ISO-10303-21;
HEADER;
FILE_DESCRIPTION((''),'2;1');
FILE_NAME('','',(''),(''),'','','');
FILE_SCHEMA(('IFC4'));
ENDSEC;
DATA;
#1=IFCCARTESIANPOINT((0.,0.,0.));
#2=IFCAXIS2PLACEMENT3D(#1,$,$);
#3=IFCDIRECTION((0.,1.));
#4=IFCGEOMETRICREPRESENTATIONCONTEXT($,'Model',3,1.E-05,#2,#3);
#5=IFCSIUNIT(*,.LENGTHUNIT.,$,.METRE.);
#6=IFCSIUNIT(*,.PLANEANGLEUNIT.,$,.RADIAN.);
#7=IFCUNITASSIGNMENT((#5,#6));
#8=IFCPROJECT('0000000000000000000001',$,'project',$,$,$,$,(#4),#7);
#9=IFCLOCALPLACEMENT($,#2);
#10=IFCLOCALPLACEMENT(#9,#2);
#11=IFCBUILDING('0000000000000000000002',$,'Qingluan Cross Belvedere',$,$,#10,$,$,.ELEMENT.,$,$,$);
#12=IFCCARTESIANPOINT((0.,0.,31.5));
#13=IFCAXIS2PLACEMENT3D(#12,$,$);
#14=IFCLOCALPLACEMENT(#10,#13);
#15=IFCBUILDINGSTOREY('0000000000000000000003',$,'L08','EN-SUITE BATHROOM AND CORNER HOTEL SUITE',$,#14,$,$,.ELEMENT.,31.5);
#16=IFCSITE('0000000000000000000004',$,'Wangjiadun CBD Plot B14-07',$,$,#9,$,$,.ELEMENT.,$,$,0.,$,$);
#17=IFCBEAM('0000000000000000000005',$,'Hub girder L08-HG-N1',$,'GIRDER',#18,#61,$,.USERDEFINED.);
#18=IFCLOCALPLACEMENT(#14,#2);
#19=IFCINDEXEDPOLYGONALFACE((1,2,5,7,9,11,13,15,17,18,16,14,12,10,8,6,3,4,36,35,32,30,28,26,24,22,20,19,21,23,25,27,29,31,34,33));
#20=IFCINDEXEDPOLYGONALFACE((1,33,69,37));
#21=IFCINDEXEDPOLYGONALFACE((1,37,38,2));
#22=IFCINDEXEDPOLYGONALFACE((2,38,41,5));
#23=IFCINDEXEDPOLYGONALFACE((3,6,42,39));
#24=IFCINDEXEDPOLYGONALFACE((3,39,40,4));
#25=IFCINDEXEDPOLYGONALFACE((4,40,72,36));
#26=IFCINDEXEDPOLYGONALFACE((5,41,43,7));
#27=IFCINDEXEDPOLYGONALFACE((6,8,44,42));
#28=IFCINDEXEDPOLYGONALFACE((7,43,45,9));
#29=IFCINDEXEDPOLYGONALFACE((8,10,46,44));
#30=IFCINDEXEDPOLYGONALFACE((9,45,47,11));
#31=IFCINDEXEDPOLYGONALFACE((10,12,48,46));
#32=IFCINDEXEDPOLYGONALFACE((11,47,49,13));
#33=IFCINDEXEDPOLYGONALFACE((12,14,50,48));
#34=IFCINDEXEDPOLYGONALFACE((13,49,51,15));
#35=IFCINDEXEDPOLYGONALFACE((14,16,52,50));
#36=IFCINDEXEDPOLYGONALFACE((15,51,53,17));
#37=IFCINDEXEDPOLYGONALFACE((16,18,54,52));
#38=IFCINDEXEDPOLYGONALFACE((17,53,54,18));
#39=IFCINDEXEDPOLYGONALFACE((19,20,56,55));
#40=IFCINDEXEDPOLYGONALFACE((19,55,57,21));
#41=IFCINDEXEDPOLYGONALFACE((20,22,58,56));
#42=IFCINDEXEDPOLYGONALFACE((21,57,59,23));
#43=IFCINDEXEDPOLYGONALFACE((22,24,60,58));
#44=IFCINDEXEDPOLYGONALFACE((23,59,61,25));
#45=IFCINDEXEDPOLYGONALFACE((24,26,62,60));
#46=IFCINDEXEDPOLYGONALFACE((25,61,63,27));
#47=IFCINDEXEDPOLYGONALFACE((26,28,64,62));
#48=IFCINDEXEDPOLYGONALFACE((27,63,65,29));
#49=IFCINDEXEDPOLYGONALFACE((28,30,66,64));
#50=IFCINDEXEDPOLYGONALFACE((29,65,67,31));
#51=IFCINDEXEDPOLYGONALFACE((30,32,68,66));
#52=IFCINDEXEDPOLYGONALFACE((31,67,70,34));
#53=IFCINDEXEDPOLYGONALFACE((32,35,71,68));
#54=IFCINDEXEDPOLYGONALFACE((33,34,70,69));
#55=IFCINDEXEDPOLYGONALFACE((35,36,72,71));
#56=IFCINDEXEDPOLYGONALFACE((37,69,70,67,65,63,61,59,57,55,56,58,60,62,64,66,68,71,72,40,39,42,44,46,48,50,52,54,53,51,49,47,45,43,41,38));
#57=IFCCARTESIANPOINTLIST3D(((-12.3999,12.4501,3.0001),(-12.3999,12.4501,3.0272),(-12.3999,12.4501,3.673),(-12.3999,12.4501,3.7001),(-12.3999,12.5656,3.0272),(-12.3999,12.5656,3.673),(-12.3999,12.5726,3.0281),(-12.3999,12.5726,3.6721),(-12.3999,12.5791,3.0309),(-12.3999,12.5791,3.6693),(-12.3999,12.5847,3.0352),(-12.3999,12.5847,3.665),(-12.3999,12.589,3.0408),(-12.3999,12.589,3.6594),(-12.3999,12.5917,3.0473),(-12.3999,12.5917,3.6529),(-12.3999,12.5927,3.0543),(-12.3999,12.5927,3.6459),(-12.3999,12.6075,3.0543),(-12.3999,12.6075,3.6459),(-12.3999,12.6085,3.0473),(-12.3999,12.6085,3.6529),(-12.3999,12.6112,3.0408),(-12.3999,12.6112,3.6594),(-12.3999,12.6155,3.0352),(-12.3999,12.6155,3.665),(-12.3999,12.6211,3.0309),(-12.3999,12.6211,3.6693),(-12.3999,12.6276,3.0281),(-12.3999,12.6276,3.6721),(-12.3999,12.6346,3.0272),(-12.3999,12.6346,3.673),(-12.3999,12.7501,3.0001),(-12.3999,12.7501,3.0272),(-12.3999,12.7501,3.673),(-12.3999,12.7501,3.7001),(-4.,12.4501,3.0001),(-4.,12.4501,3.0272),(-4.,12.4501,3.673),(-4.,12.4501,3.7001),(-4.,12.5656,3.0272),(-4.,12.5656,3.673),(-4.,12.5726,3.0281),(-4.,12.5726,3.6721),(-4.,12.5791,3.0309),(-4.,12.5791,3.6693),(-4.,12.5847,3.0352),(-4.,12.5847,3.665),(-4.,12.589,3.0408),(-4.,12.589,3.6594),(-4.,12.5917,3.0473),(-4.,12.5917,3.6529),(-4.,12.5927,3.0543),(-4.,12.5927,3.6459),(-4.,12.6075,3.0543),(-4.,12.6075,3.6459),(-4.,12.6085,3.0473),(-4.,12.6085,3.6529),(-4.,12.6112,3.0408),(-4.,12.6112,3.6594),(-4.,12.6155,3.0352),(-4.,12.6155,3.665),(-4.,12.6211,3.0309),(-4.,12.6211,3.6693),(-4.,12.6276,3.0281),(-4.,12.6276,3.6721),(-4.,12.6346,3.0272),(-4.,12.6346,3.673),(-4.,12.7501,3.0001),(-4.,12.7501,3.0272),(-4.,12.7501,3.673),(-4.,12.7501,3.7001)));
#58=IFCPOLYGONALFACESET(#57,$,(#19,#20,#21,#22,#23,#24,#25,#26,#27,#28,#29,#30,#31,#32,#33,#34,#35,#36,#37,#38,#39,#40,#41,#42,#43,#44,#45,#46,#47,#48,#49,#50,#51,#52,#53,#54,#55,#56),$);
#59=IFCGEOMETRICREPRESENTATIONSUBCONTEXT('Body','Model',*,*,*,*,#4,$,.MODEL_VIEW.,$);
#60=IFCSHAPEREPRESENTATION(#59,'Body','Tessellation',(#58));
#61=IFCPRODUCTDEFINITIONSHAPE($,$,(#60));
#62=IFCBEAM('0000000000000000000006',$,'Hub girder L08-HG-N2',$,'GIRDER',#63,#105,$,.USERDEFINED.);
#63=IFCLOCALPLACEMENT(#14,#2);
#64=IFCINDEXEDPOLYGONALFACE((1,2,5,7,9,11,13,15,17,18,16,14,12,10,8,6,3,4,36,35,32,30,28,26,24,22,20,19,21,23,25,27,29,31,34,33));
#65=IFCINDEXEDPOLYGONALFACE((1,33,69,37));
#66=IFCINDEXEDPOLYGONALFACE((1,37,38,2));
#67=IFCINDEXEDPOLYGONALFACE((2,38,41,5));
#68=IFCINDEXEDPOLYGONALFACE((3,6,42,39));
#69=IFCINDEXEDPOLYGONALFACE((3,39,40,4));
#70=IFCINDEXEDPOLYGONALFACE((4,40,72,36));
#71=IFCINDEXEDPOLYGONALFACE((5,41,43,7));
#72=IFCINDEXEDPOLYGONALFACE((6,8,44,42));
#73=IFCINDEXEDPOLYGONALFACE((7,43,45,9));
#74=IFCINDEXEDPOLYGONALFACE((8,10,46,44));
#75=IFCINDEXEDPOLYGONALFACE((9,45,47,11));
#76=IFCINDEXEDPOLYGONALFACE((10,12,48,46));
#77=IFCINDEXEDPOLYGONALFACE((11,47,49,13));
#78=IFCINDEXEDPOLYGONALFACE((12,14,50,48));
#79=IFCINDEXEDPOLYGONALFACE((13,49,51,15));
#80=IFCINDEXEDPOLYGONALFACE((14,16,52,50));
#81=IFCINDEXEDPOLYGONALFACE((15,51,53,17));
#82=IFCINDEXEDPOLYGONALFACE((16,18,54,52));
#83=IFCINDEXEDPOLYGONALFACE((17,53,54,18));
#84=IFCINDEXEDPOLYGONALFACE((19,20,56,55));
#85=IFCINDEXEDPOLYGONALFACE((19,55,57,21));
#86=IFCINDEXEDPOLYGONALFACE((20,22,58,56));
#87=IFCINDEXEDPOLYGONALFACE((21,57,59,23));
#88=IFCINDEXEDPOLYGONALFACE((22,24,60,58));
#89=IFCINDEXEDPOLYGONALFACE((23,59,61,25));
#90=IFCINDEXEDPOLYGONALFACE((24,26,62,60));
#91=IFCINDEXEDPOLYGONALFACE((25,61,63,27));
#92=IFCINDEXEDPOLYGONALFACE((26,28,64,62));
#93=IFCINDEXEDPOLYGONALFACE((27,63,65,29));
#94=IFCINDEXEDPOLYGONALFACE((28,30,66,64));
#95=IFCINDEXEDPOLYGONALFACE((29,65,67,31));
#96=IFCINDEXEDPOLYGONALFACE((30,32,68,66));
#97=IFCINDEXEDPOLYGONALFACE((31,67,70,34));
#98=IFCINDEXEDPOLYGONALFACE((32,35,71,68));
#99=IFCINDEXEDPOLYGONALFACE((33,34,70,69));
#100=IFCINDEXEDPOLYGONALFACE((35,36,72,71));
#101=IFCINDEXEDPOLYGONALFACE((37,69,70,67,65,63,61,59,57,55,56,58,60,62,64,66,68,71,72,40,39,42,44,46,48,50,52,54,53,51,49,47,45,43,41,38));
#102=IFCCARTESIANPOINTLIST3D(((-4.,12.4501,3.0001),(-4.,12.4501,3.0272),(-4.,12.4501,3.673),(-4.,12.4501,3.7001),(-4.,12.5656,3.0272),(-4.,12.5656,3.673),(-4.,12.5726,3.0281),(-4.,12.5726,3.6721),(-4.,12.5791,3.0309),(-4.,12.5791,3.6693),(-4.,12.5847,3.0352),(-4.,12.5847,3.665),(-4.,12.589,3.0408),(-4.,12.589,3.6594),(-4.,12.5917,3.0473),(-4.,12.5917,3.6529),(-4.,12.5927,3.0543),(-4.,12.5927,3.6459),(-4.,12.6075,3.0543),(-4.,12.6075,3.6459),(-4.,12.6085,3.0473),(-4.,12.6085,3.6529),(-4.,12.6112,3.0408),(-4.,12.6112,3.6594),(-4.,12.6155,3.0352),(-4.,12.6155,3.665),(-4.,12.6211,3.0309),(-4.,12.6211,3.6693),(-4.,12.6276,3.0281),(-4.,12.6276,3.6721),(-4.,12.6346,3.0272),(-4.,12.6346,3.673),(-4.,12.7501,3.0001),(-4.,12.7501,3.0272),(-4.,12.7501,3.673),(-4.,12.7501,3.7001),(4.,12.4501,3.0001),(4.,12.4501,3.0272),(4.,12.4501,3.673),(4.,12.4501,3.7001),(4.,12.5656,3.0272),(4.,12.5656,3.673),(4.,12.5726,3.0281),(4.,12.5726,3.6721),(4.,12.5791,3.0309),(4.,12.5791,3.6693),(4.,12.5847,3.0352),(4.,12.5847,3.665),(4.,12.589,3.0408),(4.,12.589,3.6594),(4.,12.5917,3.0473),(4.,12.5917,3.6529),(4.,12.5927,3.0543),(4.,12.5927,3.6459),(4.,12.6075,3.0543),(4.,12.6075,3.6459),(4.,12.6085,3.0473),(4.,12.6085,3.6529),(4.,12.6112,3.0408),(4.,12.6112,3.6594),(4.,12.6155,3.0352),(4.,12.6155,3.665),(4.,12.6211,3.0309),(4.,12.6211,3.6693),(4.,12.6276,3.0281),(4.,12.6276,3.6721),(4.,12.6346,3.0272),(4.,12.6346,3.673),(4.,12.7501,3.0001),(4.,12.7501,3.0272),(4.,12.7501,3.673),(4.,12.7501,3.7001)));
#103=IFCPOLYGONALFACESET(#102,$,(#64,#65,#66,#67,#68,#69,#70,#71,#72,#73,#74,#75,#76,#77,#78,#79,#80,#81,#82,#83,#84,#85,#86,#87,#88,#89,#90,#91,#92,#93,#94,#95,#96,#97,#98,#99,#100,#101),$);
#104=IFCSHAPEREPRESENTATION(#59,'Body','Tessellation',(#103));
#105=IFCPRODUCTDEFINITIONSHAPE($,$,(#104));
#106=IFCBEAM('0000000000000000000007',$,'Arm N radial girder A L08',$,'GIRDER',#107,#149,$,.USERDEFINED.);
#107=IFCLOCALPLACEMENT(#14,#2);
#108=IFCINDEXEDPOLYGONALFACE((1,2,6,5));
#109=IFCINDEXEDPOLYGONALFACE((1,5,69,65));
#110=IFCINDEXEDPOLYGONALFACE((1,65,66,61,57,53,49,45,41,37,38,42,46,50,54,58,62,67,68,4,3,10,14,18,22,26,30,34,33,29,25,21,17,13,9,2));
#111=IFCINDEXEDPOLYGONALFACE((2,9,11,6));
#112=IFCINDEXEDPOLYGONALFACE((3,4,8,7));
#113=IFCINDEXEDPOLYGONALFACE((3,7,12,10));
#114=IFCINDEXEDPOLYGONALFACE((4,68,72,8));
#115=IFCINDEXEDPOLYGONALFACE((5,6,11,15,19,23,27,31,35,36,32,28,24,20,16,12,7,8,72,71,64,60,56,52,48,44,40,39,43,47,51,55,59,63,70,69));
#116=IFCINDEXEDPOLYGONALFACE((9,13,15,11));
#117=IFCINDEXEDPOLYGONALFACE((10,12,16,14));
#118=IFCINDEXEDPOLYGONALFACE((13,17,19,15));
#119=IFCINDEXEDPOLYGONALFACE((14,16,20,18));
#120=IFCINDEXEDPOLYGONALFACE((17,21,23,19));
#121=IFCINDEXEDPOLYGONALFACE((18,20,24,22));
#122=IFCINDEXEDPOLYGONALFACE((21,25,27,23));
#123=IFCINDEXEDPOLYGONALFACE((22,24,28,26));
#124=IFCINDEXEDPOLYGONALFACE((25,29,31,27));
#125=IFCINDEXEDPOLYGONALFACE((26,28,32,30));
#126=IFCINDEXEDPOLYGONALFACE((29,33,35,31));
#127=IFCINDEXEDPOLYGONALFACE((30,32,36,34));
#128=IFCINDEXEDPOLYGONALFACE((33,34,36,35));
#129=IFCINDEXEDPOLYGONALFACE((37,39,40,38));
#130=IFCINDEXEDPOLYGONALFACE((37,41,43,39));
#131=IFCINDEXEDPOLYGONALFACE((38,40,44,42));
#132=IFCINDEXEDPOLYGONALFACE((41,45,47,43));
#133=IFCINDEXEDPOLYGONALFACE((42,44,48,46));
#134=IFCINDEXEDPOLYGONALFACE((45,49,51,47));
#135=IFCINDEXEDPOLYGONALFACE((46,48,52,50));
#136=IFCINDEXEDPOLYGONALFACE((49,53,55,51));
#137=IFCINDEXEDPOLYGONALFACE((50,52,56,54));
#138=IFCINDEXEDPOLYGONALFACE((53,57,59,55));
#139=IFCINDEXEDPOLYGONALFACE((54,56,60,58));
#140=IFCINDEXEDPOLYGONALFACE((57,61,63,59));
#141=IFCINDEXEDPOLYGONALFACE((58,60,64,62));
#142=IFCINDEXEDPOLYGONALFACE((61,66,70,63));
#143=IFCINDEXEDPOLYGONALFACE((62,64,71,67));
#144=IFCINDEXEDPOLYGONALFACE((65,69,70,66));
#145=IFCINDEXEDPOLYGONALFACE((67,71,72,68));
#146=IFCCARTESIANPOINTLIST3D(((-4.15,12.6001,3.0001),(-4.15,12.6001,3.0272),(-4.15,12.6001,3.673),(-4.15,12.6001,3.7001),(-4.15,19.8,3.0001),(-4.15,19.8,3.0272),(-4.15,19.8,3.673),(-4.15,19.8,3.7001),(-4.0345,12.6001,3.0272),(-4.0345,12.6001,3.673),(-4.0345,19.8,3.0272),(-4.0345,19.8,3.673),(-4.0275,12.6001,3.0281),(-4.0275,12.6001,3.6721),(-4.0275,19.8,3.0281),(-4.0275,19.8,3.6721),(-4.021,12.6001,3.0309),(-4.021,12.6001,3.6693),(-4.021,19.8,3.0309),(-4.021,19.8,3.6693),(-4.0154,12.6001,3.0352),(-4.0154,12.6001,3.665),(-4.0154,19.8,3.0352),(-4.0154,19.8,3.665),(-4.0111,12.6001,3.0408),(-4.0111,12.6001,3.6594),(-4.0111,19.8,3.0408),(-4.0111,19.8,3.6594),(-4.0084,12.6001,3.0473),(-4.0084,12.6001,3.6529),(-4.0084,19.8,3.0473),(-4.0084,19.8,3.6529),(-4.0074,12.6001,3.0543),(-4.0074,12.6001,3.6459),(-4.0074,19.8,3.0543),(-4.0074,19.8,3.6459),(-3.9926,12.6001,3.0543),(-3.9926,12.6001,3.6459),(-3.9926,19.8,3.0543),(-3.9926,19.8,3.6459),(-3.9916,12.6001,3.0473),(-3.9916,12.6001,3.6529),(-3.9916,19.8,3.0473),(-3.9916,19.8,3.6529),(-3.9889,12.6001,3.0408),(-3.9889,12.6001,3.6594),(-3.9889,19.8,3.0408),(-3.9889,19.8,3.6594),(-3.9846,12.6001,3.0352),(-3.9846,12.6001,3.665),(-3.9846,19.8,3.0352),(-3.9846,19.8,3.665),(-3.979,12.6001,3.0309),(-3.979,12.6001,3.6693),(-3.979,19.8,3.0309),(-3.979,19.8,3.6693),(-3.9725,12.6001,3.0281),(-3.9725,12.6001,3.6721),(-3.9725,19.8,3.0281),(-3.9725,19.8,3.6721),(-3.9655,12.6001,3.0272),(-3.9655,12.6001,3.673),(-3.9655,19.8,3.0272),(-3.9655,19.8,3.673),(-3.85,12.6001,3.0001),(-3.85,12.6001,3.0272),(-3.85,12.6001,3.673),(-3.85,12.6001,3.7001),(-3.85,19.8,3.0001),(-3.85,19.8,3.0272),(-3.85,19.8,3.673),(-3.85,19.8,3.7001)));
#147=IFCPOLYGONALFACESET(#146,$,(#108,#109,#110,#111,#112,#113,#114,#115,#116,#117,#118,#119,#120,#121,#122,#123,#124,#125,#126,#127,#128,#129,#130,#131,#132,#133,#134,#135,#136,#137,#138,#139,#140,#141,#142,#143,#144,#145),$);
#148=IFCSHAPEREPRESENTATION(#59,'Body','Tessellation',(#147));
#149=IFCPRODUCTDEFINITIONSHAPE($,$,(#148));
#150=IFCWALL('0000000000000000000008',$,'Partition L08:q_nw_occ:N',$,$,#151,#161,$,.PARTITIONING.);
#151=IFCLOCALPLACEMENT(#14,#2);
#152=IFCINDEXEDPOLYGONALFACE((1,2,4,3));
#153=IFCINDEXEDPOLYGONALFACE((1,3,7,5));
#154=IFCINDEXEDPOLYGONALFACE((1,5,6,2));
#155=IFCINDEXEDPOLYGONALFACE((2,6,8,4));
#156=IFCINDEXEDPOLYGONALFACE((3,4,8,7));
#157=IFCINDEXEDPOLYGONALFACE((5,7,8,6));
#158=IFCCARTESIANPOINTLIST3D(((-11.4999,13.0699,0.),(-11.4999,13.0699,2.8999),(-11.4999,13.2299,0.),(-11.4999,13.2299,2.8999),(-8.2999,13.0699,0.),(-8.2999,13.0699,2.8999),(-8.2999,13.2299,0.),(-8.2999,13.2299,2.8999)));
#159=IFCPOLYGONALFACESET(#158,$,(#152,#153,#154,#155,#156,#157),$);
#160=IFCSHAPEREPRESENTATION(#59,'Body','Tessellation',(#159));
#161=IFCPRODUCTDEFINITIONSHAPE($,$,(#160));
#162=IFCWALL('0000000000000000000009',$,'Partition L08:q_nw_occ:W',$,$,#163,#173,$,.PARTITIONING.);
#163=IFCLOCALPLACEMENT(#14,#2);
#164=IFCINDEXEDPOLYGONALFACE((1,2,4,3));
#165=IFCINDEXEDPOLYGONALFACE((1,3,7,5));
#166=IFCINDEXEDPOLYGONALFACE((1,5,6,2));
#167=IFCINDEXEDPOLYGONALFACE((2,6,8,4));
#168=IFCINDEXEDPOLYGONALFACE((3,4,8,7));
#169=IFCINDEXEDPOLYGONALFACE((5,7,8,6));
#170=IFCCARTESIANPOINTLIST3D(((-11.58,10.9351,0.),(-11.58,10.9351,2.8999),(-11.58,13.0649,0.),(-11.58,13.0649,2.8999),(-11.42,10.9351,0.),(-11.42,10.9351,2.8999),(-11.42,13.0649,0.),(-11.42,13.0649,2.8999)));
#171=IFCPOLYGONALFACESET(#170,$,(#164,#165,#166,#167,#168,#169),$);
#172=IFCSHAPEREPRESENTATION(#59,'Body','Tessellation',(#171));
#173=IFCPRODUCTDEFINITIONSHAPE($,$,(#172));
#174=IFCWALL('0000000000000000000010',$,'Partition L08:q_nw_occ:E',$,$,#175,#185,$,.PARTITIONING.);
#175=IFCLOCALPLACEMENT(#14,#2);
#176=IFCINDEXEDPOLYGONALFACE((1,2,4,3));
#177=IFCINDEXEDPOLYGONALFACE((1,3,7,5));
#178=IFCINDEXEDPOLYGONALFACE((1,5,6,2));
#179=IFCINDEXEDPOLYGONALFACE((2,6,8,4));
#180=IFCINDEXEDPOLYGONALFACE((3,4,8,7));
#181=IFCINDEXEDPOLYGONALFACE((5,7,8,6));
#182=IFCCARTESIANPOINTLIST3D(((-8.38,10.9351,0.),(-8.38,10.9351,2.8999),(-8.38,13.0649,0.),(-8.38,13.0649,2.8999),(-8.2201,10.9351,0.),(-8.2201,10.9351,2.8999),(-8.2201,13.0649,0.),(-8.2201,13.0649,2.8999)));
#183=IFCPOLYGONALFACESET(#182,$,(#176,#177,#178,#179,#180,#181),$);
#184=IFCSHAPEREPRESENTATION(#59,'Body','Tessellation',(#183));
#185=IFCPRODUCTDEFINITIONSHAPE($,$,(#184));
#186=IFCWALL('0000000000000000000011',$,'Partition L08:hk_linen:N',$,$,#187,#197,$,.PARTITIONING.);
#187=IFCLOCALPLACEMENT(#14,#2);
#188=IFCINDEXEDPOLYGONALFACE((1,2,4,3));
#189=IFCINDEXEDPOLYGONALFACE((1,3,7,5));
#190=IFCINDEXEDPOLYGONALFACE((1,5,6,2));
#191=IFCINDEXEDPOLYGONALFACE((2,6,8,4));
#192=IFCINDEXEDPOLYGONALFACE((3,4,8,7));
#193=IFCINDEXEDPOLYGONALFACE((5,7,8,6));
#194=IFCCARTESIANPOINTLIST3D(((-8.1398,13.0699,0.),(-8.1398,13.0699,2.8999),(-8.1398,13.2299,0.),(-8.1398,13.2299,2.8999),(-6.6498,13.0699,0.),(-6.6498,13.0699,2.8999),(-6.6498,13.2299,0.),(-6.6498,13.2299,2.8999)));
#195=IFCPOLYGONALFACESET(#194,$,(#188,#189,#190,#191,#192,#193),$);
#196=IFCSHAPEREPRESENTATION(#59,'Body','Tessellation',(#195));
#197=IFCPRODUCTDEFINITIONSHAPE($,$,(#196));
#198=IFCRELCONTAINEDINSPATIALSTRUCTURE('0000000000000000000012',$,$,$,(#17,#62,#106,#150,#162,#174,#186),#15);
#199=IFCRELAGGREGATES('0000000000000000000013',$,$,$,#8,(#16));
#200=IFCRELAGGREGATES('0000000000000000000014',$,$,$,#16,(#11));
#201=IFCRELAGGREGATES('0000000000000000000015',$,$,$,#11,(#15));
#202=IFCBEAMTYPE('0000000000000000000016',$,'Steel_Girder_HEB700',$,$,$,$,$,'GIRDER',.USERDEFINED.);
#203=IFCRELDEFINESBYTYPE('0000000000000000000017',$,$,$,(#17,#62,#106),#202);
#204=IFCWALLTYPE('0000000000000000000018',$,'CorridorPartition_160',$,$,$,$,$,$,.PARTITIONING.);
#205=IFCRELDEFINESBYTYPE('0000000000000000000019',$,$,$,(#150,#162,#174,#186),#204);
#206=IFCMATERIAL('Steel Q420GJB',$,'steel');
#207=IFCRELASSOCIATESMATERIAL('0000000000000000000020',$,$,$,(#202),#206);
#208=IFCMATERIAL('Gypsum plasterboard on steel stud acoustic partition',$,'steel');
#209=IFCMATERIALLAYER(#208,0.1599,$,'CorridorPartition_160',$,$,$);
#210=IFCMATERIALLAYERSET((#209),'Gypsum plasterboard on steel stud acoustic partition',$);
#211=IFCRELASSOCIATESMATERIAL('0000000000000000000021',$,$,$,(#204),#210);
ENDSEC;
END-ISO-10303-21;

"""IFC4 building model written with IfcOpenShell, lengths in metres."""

from ifc_helpers import new_model, si_unit, direction, frame, frame_2d, origin, origin_2d, place, context, subcontext, project, spatial, rectangle, i_section, extrude, material, layer, layer_set, material_profile, profile_set, type_object, element, save


model = new_model("IFC4")

# Units and contexts
model_context = context("Model", 3, precision=1e-05, world=origin(), true_north=direction((0.0, 1.0)))
body_context = subcontext(model_context, "Body", "Model", "MODEL_VIEW")
ifc_project = project(units=[si_unit("LENGTHUNIT", "METRE"), si_unit("PLANEANGLEUNIT", "RADIAN")], contexts=[model_context])

# Site, building, storey
site_placement = place(None, origin())
site = spatial("IfcSite", under=ifc_project, at=site_placement, Name="Wangjiadun CBD Plot B14-07", CompositionType="ELEMENT", RefElevation=0.0)
building_placement = place(site_placement, origin())
building = spatial("IfcBuilding", under=site, at=building_placement, Name="Qingluan Cross Belvedere", CompositionType="ELEMENT")
storey_placement = place(building_placement, frame((0.0, 0.0, 31.5)))
storey = spatial("IfcBuildingStorey", under=building, at=storey_placement, Name="L08", Description="EN-SUITE BATHROOM AND CORNER HOTEL SUITE", CompositionType="ELEMENT", Elevation=31.5)

# Beams
ifc_material_1 = material(Name="Steel Q420GJB", Category="steel")
ifc_material_profile_1 = material_profile(ifc_material_1, i_section(OverallWidth=0.3, OverallDepth=0.7, WebThickness=0.0149, FlangeThickness=0.0271, FilletRadius=0.0271, at=origin_2d()), Name="HEB700")
ifc_profile_set_1 = profile_set([ifc_material_profile_1], Name="Steel Q420GJB")
beam_type_1 = type_object("IfcBeamType", Name="Steel_Girder_HEB700", ElementType="GIRDER", PredefinedType="USERDEFINED", material=ifc_profile_set_1)
beam_1_placement = place(storey_placement, frame((-12.3999, 12.6001, 3.3501), z_axis=(1.0, 0.0, 0.0), x_axis=(0.0, 1.0, 0.0)))
element("IfcBeam", 1, at=beam_1_placement, inside=storey, type_object=beam_type_1, Name="Hub girder L08-HG-N1", ObjectType="GIRDER", PredefinedType="USERDEFINED", context=body_context, shape_type="SweptSolid", body=[
    extrude(i_section(OverallWidth=0.3, OverallDepth=0.7, WebThickness=0.0149, FlangeThickness=0.0271, FilletRadius=0.0271, at=origin_2d()), origin(), (0.0, 0.0, 1.0), 8.3999),
])
beam_2_placement = place(storey_placement, frame((-4.0, 12.6001, 3.3501), z_axis=(1.0, 0.0, 0.0), x_axis=(0.0, 1.0, 0.0)))
element("IfcBeam", 2, at=beam_2_placement, inside=storey, type_object=beam_type_1, Name="Hub girder L08-HG-N2", ObjectType="GIRDER", PredefinedType="USERDEFINED", context=body_context, shape_type="SweptSolid", body=[
    extrude(i_section(OverallWidth=0.3, OverallDepth=0.7, WebThickness=0.0149, FlangeThickness=0.0271, FilletRadius=0.0271, at=origin_2d()), origin(), (0.0, 0.0, 1.0), 8.0),
])
beam_3_placement = place(storey_placement, frame((-4.0, 12.6001, 3.3501), z_axis=(0.0, 1.0, 0.0), x_axis=(-1.0, 0.0, 0.0)))
element("IfcBeam", 3, at=beam_3_placement, inside=storey, type_object=beam_type_1, Name="Arm N radial girder A L08", ObjectType="GIRDER", PredefinedType="USERDEFINED", context=body_context, shape_type="SweptSolid", body=[
    extrude(i_section(OverallWidth=0.3, OverallDepth=0.7, WebThickness=0.0149, FlangeThickness=0.0271, FilletRadius=0.0271, at=origin_2d()), origin(), (0.0, 0.0, 1.0), 7.2),
])

# Walls
ifc_material_2 = material(Name="Gypsum plasterboard on steel stud acoustic partition", Category="steel")
ifc_layer_1 = layer(ifc_material_2, 0.1599, Name="CorridorPartition_160")
ifc_layer_set_1 = layer_set([ifc_layer_1], Name="Gypsum plasterboard on steel stud acoustic partition")
wall_type_1 = type_object("IfcWallType", Name="CorridorPartition_160", PredefinedType="PARTITIONING", material=ifc_layer_set_1)
wall_1_placement = place(storey_placement, frame((-11.5, 13.1499, 0.0), z_axis=(0.0, 0.0, 1.0), x_axis=(1.0, 0.0, 0.0)))
element("IfcWall", 4, at=wall_1_placement, inside=storey, type_object=wall_type_1, Name="Partition L08:q_nw_occ:N", PredefinedType="PARTITIONING", context=body_context, shape_type="SweptSolid", body=[
    extrude(rectangle(XDim=3.2, YDim=0.1599, at=frame_2d((1.6001, 0.0))), origin(), (0.0, 0.0, 1.0), 2.8999),
])
for number, where, z_axis, x_axis, name in (
    (5, (-11.5, 10.9351, 0.0), (0.0, 0.0, 1.0), (0.0, 1.0, 0.0), "Partition L08:q_nw_occ:W"),
    (6, (-8.3, 10.9351, 0.0), (0.0, 0.0, 1.0), (0.0, 1.0, 0.0), "Partition L08:q_nw_occ:E"),
):
    element("IfcWall", number, at=place(storey_placement, frame(where, z_axis=z_axis, x_axis=x_axis)), inside=storey, type_object=wall_type_1, Name=name, PredefinedType="PARTITIONING", context=body_context, shape_type="SweptSolid", body=[
        extrude(rectangle(XDim=2.1299, YDim=0.1599, at=frame_2d((1.0649, 0.0))), origin(), (0.0, 0.0, 1.0), 2.8999),
    ])
wall_2_placement = place(storey_placement, frame((-8.1399, 13.1499, 0.0), z_axis=(0.0, 0.0, 1.0), x_axis=(1.0, 0.0, 0.0)))
element("IfcWall", 7, at=wall_2_placement, inside=storey, type_object=wall_type_1, Name="Partition L08:hk_linen:N", PredefinedType="PARTITIONING", context=body_context, shape_type="SweptSolid", body=[
    extrude(rectangle(XDim=1.49, YDim=0.1599, at=frame_2d((0.7451, 0.0))), origin(), (0.0, 0.0, 1.0), 2.8999),
])

save(model, "model.ifc")
